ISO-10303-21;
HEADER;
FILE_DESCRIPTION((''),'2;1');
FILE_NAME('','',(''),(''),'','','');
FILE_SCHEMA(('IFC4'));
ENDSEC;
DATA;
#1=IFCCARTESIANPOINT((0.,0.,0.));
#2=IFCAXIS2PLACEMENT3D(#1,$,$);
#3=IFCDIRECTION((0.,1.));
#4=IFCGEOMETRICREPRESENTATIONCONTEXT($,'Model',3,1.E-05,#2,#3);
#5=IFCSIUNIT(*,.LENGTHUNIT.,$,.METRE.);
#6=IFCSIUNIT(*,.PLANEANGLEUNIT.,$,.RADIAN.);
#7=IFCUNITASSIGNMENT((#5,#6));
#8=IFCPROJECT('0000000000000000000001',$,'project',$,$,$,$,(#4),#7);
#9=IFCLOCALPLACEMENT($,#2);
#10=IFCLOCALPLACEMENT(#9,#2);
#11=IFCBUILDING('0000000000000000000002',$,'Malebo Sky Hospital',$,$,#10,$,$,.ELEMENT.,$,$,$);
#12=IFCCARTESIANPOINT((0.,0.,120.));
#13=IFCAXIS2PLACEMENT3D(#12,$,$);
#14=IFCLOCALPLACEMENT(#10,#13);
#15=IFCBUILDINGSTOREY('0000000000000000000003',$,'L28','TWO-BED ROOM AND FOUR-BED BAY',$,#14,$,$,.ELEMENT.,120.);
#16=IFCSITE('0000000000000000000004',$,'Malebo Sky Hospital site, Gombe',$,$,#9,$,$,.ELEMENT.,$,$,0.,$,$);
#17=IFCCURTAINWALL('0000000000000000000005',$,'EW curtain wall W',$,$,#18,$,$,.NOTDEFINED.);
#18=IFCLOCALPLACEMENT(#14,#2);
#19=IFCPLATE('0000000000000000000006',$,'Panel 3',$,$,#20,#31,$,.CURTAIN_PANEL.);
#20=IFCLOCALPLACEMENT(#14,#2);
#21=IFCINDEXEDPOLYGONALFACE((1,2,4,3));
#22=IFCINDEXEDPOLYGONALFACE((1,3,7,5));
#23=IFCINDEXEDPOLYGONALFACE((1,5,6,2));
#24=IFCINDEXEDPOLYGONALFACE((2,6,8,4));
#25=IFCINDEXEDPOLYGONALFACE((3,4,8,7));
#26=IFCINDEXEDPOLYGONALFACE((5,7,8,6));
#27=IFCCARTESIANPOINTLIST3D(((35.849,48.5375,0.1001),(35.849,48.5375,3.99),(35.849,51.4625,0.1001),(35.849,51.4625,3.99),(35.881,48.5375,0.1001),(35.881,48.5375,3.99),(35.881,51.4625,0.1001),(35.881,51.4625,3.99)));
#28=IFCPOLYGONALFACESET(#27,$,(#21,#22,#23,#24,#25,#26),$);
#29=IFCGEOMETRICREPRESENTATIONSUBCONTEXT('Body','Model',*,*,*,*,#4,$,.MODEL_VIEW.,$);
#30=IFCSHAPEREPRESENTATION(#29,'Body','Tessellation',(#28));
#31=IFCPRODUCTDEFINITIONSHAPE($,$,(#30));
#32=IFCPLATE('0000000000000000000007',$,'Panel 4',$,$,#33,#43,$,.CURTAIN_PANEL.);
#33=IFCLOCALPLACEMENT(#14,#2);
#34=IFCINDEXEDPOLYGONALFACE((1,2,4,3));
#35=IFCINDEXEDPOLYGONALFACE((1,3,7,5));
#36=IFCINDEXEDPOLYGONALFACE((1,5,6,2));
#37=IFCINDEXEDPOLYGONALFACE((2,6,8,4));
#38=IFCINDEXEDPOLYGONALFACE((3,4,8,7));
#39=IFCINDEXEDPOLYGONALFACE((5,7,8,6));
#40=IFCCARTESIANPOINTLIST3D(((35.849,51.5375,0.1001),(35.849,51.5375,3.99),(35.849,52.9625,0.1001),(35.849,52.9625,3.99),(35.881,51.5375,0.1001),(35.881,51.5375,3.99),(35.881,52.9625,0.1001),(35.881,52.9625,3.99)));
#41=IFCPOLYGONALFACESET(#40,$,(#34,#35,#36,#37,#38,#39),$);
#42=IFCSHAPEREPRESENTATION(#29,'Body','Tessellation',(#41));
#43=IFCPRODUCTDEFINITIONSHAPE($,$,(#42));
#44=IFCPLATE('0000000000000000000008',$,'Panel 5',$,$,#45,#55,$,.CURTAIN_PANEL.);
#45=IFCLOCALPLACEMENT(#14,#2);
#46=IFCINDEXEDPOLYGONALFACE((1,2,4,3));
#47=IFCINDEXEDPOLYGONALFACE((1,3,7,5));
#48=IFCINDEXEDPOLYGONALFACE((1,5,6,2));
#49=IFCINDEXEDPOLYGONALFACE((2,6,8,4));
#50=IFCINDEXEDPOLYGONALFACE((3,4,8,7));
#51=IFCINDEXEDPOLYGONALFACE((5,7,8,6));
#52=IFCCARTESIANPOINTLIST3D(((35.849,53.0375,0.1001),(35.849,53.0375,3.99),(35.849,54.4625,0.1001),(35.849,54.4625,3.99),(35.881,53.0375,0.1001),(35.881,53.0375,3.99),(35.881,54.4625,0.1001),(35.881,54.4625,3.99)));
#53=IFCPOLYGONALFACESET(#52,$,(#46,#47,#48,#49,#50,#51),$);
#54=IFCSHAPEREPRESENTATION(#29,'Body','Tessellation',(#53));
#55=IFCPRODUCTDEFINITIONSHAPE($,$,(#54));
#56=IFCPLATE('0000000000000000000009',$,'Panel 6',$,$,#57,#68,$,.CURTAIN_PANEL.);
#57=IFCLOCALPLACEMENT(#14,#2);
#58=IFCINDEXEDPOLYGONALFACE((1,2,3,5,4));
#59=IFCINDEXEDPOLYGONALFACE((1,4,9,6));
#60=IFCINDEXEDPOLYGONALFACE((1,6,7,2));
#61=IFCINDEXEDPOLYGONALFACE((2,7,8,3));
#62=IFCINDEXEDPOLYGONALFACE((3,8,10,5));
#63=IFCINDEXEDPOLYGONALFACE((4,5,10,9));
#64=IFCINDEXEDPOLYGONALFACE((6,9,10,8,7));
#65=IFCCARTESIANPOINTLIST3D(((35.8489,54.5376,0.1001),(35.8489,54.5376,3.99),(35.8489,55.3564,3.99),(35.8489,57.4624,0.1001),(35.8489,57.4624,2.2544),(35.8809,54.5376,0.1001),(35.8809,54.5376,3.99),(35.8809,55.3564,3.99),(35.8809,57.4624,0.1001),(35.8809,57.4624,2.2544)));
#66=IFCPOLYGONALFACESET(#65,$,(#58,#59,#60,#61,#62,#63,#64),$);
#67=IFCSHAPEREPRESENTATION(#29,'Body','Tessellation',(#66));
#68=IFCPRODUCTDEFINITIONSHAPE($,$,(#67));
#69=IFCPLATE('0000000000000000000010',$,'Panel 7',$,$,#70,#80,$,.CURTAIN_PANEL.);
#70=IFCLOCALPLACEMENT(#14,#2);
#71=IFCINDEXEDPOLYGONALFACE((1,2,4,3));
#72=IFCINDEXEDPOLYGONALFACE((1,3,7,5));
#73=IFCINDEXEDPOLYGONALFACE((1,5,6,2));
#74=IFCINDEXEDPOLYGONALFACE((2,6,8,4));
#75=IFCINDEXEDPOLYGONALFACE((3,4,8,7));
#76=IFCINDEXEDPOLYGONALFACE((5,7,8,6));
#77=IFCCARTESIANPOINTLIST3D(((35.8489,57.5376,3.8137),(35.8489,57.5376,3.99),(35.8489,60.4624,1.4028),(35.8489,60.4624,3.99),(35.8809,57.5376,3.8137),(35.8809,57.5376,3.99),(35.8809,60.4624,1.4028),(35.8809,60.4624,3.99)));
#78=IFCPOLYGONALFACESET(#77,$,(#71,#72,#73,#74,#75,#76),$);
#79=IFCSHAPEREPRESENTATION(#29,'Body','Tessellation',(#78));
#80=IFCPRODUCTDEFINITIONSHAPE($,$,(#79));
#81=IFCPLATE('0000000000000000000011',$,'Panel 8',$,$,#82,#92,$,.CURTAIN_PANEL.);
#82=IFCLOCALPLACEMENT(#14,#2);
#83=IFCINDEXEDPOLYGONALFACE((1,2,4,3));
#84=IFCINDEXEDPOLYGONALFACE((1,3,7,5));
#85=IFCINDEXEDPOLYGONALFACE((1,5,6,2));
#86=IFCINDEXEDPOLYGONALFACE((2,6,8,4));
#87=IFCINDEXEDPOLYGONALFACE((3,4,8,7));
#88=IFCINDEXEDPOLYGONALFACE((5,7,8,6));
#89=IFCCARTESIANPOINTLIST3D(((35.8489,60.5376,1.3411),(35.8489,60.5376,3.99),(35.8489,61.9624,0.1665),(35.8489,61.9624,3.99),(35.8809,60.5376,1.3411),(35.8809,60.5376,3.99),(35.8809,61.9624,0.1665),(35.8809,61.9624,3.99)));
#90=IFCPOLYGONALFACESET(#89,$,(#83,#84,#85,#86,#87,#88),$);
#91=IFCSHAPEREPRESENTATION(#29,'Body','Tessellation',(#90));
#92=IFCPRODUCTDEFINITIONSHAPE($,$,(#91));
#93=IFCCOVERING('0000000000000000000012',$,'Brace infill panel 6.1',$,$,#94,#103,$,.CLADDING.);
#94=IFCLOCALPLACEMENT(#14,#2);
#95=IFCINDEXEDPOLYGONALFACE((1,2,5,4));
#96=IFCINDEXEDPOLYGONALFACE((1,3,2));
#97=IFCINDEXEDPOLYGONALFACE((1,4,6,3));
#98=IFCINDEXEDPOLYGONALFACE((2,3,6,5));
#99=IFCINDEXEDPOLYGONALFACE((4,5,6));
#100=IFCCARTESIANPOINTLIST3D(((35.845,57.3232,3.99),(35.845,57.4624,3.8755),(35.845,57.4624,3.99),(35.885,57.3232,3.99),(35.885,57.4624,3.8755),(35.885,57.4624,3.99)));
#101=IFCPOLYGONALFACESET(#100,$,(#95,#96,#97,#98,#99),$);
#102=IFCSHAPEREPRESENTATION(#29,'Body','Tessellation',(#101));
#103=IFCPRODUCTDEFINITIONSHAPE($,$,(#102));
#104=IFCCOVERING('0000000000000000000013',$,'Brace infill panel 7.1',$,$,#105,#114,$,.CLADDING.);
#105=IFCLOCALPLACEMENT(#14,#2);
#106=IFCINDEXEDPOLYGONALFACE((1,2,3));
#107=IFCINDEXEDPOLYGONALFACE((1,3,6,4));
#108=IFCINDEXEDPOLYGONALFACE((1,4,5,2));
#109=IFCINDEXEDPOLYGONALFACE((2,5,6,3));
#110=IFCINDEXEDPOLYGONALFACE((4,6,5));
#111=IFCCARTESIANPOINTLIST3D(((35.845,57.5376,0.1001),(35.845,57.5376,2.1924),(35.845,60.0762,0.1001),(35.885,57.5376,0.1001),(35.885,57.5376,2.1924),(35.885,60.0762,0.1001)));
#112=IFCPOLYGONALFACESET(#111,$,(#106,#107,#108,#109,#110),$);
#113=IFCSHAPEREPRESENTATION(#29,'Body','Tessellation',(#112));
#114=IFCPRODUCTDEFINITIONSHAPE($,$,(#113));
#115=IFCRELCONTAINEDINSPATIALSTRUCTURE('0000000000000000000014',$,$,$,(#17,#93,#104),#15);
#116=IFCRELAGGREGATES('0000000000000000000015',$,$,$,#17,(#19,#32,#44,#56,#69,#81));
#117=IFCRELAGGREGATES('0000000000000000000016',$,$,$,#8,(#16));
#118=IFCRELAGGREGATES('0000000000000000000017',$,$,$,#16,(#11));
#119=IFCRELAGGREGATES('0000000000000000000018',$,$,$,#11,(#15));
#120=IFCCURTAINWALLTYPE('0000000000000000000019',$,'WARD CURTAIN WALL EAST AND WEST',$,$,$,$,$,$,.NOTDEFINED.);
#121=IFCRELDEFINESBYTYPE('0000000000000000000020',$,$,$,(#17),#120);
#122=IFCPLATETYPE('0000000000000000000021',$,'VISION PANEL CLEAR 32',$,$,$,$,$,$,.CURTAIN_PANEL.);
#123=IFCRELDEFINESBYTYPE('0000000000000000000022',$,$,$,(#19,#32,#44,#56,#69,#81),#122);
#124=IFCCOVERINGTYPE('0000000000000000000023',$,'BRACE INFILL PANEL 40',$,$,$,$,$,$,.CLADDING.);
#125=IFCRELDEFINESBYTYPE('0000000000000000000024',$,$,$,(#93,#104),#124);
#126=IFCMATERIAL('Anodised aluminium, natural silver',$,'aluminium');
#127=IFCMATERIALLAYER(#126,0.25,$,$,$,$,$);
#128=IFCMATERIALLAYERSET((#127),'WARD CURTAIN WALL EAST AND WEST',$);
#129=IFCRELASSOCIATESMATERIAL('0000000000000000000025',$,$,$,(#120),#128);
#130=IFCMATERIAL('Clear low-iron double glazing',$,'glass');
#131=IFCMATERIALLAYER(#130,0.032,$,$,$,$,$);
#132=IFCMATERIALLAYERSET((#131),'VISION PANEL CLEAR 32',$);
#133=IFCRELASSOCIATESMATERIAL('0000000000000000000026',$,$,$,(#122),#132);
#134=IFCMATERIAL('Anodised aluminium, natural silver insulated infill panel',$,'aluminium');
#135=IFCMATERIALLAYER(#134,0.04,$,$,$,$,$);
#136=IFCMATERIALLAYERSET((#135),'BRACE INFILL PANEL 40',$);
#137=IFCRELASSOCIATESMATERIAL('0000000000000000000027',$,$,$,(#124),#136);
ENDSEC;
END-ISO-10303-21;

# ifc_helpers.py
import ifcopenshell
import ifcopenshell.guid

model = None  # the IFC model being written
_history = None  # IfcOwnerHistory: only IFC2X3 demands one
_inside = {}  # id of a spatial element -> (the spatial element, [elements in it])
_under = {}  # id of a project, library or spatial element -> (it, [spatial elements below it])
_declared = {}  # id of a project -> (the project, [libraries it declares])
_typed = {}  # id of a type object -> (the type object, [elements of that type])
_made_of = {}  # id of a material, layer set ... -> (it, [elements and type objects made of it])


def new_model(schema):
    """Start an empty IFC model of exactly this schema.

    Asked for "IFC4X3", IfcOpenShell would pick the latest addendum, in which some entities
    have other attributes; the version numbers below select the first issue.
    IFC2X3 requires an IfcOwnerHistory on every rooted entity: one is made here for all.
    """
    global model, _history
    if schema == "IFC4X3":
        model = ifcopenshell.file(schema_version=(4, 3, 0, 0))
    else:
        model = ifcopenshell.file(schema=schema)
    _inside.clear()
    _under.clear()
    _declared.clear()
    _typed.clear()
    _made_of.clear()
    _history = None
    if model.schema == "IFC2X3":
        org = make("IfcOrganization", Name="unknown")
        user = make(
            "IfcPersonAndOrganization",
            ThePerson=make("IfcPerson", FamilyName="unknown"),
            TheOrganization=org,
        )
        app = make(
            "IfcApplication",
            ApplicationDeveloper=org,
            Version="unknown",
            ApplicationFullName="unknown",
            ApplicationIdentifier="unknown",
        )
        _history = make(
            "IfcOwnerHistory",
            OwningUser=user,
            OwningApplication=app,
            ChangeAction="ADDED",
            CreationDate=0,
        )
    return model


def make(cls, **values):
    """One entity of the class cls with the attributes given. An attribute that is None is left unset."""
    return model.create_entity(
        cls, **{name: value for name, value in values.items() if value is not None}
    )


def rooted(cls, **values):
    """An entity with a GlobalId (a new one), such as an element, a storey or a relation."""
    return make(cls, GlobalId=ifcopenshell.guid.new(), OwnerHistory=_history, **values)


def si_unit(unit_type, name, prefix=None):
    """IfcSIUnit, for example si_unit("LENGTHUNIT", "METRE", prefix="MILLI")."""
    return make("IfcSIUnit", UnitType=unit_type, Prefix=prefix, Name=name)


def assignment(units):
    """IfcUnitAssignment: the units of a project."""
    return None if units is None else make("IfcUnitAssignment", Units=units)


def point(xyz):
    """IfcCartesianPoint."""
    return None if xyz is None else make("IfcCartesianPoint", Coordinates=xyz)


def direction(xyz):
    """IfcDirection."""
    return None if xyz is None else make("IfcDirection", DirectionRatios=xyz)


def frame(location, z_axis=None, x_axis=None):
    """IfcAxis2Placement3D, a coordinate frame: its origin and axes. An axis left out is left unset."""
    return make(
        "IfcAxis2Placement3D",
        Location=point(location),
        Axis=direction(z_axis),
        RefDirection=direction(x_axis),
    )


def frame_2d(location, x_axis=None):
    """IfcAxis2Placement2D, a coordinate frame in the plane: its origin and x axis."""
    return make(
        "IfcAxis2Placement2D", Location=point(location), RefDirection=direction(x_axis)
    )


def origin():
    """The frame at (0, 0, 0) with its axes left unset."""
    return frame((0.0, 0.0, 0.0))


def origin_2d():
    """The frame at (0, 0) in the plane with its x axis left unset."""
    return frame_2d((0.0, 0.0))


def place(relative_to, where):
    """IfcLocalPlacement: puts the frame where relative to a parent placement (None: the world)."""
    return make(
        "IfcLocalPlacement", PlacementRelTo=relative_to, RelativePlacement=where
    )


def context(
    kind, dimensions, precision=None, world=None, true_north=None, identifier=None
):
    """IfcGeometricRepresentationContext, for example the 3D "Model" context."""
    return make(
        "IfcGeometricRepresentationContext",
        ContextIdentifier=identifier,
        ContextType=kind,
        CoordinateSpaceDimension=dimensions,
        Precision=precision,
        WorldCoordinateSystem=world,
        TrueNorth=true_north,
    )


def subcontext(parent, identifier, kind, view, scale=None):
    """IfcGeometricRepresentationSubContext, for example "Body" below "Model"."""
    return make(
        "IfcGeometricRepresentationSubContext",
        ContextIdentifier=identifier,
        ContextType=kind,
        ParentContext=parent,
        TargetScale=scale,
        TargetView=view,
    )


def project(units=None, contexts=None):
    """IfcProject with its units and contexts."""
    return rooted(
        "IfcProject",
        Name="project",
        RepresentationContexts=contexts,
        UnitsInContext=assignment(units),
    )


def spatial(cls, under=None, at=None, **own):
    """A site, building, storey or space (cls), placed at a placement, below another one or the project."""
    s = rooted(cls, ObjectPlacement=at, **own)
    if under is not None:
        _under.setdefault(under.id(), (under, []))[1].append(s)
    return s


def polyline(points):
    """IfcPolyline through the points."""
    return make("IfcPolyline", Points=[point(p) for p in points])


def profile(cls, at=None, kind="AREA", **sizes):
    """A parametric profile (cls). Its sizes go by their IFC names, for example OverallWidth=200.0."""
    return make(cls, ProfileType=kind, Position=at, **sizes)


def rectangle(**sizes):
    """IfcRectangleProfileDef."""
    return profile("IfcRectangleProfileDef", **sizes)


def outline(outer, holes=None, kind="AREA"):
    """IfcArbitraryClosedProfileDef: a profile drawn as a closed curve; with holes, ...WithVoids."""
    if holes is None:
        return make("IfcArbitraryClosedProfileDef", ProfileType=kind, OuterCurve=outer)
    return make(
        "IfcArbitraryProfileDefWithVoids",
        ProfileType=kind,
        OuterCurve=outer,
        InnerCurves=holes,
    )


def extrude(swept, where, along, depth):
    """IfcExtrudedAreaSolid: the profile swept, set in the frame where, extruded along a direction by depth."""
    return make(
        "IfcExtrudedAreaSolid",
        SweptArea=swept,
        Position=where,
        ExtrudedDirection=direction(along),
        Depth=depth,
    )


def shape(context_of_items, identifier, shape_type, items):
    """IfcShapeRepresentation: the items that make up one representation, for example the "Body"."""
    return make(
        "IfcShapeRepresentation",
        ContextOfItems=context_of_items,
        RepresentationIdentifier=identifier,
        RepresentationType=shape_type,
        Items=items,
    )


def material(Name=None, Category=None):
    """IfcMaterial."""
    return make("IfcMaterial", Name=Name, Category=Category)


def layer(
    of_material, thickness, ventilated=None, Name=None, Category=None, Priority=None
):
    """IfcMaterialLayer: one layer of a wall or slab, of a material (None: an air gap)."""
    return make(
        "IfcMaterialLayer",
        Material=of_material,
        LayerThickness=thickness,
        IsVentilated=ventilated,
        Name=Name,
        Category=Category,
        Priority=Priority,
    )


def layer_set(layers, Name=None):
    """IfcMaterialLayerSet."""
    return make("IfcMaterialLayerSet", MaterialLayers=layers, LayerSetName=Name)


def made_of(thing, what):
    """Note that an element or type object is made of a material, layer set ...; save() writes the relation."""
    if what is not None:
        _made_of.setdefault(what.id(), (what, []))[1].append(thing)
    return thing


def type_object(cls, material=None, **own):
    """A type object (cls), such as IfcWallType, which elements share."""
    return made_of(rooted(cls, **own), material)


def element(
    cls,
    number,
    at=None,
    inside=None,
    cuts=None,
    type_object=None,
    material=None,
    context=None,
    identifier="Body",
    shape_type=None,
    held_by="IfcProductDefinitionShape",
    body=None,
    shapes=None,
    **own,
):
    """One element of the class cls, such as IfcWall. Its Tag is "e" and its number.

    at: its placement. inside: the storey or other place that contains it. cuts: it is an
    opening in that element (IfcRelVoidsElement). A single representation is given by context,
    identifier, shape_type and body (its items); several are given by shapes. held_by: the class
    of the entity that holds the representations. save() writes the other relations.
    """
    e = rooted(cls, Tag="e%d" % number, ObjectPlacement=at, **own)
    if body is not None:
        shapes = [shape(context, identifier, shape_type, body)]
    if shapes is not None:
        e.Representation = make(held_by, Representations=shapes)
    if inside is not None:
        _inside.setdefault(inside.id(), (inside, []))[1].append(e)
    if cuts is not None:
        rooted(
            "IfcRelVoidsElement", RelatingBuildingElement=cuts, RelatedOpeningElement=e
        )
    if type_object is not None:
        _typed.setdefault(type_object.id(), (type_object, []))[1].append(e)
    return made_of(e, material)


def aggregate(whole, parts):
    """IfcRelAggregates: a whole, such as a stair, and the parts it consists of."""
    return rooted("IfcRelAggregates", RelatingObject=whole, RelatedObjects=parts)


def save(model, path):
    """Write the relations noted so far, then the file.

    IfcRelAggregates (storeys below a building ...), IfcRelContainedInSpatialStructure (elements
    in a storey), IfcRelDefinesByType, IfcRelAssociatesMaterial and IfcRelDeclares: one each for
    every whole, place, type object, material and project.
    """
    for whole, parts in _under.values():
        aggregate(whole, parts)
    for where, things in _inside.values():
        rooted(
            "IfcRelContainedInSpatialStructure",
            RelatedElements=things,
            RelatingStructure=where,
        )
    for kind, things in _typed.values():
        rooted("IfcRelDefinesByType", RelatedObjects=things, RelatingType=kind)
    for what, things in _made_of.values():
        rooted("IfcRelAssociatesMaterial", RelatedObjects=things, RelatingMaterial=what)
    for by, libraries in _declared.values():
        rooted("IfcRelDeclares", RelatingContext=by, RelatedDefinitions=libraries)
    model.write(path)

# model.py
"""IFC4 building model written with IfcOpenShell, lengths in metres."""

from ifc_helpers import new_model, si_unit, direction, frame, origin, origin_2d, place, context, subcontext, project, spatial, polyline, rectangle, outline, extrude, material, layer, layer_set, type_object, element, aggregate, save


model = new_model("IFC4")

# Units and contexts
model_context = context("Model", 3, precision=1e-05, world=origin(), true_north=direction((0.0, 1.0)))
body_context = subcontext(model_context, "Body", "Model", "MODEL_VIEW")
ifc_project = project(units=[si_unit("LENGTHUNIT", "METRE"), si_unit("PLANEANGLEUNIT", "RADIAN")], contexts=[model_context])

# Site, building, storey
site_placement = place(None, origin())
site = spatial("IfcSite", under=ifc_project, at=site_placement, Name="Malebo Sky Hospital site, Gombe", CompositionType="ELEMENT", RefElevation=0.0)
building_placement = place(site_placement, origin())
building = spatial("IfcBuilding", under=site, at=building_placement, Name="Malebo Sky Hospital", CompositionType="ELEMENT")
storey_placement = place(building_placement, frame((0.0, 0.0, 120.0)))
storey = spatial("IfcBuildingStorey", under=building, at=storey_placement, Name="L28", Description="TWO-BED ROOM AND FOUR-BED BAY", CompositionType="ELEMENT", Elevation=120.0)

# Curtain wall
ifc_material_1 = material(Name="Anodised aluminium, natural silver", Category="aluminium")
ifc_layer_1 = layer(ifc_material_1, 0.25)
ifc_layer_set_1 = layer_set([ifc_layer_1], Name="WARD CURTAIN WALL EAST AND WEST")
curtain_wall_type = type_object("IfcCurtainWallType", Name="WARD CURTAIN WALL EAST AND WEST", PredefinedType="NOTDEFINED", material=ifc_layer_set_1)
curtain_wall_placement = place(storey_placement, origin())
curtain_wall = element("IfcCurtainWall", 1, at=curtain_wall_placement, inside=storey, type_object=curtain_wall_type, Name="EW curtain wall W", PredefinedType="NOTDEFINED")

# Plates
ifc_material_2 = material(Name="Clear low-iron double glazing", Category="glass")
ifc_layer_2 = layer(ifc_material_2, 0.032)
ifc_layer_set_2 = layer_set([ifc_layer_2], Name="VISION PANEL CLEAR 32")
plate_type = type_object("IfcPlateType", Name="VISION PANEL CLEAR 32", PredefinedType="CURTAIN_PANEL", material=ifc_layer_set_2)
plate_1_placement = place(storey_placement, frame((35.865, 50.0, 0.1001), z_axis=(0.0, 0.0, 1.0), x_axis=(0.0, 1.0, 0.0)))
plate_1 = element("IfcPlate", 2, at=plate_1_placement, type_object=plate_type, Name="Panel 3", PredefinedType="CURTAIN_PANEL", context=body_context, shape_type="SweptSolid", body=[
    extrude(rectangle(XDim=2.925, YDim=0.032, at=origin_2d()), origin(), (0.0, 0.0, 1.0), 3.8899),
])
plate_2_placement = place(storey_placement, frame((35.865, 52.25, 0.1001), z_axis=(0.0, 0.0, 1.0), x_axis=(0.0, 1.0, 0.0)))
plate_2 = element("IfcPlate", 3, at=plate_2_placement, type_object=plate_type, Name="Panel 4", PredefinedType="CURTAIN_PANEL", context=body_context, shape_type="SweptSolid", body=[
    extrude(rectangle(XDim=1.425, YDim=0.032, at=origin_2d()), origin(), (0.0, 0.0, 1.0), 3.8899),
])
plate_3_placement = place(storey_placement, frame((35.865, 53.75, 0.1001), z_axis=(0.0, 0.0, 1.0), x_axis=(0.0, 1.0, 0.0)))
plate_3 = element("IfcPlate", 4, at=plate_3_placement, type_object=plate_type, Name="Panel 5", PredefinedType="CURTAIN_PANEL", context=body_context, shape_type="SweptSolid", body=[
    extrude(rectangle(XDim=1.425, YDim=0.032, at=origin_2d()), origin(), (0.0, 0.0, 1.0), 3.8899),
])
plate_4_placement = place(storey_placement, frame((35.865, 56.0, 0.1001), z_axis=(0.0, 0.0, 1.0), x_axis=(0.0, 1.0, 0.0)))
plate_4 = element("IfcPlate", 5, at=plate_4_placement, type_object=plate_type, Name="Panel 6", PredefinedType="CURTAIN_PANEL", context=body_context, shape_type="SweptSolid", body=[
    extrude(outline(polyline([(-1.4624, 0.0), (1.4624, 0.0), (1.4624, 2.1543), (-0.6436, 3.8899), (-1.4624, 3.8899), (-1.4624, 0.0)])), frame((0.0, 0.0161, 0.0), z_axis=(0.0, -1.0, 0.0), x_axis=(1.0, 0.0, 0.0)), (0.0, 0.0, 1.0), 0.032),
])
plate_5_placement = place(storey_placement, frame((35.865, 59.0, 1.4028), z_axis=(0.0, 0.0, 1.0), x_axis=(0.0, 1.0, 0.0)))
plate_5 = element("IfcPlate", 6, at=plate_5_placement, type_object=plate_type, Name="Panel 7", PredefinedType="CURTAIN_PANEL", context=body_context, shape_type="SweptSolid", body=[
    extrude(outline(polyline([(1.4624, 0.0), (1.4624, 2.5872), (-1.4624, 2.5872), (-1.4624, 2.4109), (1.4624, 0.0)])), frame((0.0, 0.0161, 0.0), z_axis=(0.0, -1.0, 0.0), x_axis=(1.0, 0.0, 0.0)), (0.0, 0.0, 1.0), 0.032),
])
plate_6_placement = place(storey_placement, frame((35.865, 61.25, 0.1665), z_axis=(0.0, 0.0, 1.0), x_axis=(0.0, 1.0, 0.0)))
plate_6 = element("IfcPlate", 7, at=plate_6_placement, type_object=plate_type, Name="Panel 8", PredefinedType="CURTAIN_PANEL", context=body_context, shape_type="SweptSolid", body=[
    extrude(outline(polyline([(0.7124, 0.0), (0.7124, 3.8235), (-0.7124, 3.8235), (-0.7124, 1.1746), (0.7124, 0.0)])), frame((0.0, 0.0161, 0.0), z_axis=(0.0, -1.0, 0.0), x_axis=(1.0, 0.0, 0.0)), (0.0, 0.0, 1.0), 0.032),
])
aggregate(curtain_wall, [plate_1, plate_2, plate_3, plate_4, plate_5, plate_6])

# Coverings
ifc_material_3 = material(Name="Anodised aluminium, natural silver insulated infill panel", Category="aluminium")
ifc_layer_3 = layer(ifc_material_3, 0.04)
ifc_layer_set_3 = layer_set([ifc_layer_3], Name="BRACE INFILL PANEL 40")
covering_type = type_object("IfcCoveringType", Name="BRACE INFILL PANEL 40", PredefinedType="CLADDING", material=ifc_layer_set_3)
covering_1_placement = place(storey_placement, frame((35.865, 57.3928, 3.8755), z_axis=(0.0, 0.0, 1.0), x_axis=(0.0, 1.0, 0.0)))
element("IfcCovering", 8, at=covering_1_placement, inside=storey, type_object=covering_type, Name="Brace infill panel 6.1", PredefinedType="CLADDING", context=body_context, shape_type="SweptSolid", body=[
    extrude(outline(polyline([(0.0696, 0.0), (0.0696, 0.1145), (-0.0696, 0.1145), (0.0696, 0.0)])), frame((0.0, 0.02, 0.0), z_axis=(0.0, -1.0, 0.0), x_axis=(1.0, 0.0, 0.0)), (0.0, 0.0, 1.0), 0.04),
])
covering_2_placement = place(storey_placement, frame((35.865, 58.8069, 0.1001), z_axis=(0.0, 0.0, 1.0), x_axis=(0.0, 1.0, 0.0)))
element("IfcCovering", 9, at=covering_2_placement, inside=storey, type_object=covering_type, Name="Brace infill panel 7.1", PredefinedType="CLADDING", context=body_context, shape_type="SweptSolid", body=[
    extrude(outline(polyline([(-1.2693, 0.0), (1.2693, 0.0), (-1.2693, 2.0923), (-1.2693, 0.0)])), frame((0.0, 0.02, 0.0), z_axis=(0.0, -1.0, 0.0), x_axis=(1.0, 0.0, 0.0)), (0.0, 0.0, 1.0), 0.04),
])

save(model, "model.ifc")
